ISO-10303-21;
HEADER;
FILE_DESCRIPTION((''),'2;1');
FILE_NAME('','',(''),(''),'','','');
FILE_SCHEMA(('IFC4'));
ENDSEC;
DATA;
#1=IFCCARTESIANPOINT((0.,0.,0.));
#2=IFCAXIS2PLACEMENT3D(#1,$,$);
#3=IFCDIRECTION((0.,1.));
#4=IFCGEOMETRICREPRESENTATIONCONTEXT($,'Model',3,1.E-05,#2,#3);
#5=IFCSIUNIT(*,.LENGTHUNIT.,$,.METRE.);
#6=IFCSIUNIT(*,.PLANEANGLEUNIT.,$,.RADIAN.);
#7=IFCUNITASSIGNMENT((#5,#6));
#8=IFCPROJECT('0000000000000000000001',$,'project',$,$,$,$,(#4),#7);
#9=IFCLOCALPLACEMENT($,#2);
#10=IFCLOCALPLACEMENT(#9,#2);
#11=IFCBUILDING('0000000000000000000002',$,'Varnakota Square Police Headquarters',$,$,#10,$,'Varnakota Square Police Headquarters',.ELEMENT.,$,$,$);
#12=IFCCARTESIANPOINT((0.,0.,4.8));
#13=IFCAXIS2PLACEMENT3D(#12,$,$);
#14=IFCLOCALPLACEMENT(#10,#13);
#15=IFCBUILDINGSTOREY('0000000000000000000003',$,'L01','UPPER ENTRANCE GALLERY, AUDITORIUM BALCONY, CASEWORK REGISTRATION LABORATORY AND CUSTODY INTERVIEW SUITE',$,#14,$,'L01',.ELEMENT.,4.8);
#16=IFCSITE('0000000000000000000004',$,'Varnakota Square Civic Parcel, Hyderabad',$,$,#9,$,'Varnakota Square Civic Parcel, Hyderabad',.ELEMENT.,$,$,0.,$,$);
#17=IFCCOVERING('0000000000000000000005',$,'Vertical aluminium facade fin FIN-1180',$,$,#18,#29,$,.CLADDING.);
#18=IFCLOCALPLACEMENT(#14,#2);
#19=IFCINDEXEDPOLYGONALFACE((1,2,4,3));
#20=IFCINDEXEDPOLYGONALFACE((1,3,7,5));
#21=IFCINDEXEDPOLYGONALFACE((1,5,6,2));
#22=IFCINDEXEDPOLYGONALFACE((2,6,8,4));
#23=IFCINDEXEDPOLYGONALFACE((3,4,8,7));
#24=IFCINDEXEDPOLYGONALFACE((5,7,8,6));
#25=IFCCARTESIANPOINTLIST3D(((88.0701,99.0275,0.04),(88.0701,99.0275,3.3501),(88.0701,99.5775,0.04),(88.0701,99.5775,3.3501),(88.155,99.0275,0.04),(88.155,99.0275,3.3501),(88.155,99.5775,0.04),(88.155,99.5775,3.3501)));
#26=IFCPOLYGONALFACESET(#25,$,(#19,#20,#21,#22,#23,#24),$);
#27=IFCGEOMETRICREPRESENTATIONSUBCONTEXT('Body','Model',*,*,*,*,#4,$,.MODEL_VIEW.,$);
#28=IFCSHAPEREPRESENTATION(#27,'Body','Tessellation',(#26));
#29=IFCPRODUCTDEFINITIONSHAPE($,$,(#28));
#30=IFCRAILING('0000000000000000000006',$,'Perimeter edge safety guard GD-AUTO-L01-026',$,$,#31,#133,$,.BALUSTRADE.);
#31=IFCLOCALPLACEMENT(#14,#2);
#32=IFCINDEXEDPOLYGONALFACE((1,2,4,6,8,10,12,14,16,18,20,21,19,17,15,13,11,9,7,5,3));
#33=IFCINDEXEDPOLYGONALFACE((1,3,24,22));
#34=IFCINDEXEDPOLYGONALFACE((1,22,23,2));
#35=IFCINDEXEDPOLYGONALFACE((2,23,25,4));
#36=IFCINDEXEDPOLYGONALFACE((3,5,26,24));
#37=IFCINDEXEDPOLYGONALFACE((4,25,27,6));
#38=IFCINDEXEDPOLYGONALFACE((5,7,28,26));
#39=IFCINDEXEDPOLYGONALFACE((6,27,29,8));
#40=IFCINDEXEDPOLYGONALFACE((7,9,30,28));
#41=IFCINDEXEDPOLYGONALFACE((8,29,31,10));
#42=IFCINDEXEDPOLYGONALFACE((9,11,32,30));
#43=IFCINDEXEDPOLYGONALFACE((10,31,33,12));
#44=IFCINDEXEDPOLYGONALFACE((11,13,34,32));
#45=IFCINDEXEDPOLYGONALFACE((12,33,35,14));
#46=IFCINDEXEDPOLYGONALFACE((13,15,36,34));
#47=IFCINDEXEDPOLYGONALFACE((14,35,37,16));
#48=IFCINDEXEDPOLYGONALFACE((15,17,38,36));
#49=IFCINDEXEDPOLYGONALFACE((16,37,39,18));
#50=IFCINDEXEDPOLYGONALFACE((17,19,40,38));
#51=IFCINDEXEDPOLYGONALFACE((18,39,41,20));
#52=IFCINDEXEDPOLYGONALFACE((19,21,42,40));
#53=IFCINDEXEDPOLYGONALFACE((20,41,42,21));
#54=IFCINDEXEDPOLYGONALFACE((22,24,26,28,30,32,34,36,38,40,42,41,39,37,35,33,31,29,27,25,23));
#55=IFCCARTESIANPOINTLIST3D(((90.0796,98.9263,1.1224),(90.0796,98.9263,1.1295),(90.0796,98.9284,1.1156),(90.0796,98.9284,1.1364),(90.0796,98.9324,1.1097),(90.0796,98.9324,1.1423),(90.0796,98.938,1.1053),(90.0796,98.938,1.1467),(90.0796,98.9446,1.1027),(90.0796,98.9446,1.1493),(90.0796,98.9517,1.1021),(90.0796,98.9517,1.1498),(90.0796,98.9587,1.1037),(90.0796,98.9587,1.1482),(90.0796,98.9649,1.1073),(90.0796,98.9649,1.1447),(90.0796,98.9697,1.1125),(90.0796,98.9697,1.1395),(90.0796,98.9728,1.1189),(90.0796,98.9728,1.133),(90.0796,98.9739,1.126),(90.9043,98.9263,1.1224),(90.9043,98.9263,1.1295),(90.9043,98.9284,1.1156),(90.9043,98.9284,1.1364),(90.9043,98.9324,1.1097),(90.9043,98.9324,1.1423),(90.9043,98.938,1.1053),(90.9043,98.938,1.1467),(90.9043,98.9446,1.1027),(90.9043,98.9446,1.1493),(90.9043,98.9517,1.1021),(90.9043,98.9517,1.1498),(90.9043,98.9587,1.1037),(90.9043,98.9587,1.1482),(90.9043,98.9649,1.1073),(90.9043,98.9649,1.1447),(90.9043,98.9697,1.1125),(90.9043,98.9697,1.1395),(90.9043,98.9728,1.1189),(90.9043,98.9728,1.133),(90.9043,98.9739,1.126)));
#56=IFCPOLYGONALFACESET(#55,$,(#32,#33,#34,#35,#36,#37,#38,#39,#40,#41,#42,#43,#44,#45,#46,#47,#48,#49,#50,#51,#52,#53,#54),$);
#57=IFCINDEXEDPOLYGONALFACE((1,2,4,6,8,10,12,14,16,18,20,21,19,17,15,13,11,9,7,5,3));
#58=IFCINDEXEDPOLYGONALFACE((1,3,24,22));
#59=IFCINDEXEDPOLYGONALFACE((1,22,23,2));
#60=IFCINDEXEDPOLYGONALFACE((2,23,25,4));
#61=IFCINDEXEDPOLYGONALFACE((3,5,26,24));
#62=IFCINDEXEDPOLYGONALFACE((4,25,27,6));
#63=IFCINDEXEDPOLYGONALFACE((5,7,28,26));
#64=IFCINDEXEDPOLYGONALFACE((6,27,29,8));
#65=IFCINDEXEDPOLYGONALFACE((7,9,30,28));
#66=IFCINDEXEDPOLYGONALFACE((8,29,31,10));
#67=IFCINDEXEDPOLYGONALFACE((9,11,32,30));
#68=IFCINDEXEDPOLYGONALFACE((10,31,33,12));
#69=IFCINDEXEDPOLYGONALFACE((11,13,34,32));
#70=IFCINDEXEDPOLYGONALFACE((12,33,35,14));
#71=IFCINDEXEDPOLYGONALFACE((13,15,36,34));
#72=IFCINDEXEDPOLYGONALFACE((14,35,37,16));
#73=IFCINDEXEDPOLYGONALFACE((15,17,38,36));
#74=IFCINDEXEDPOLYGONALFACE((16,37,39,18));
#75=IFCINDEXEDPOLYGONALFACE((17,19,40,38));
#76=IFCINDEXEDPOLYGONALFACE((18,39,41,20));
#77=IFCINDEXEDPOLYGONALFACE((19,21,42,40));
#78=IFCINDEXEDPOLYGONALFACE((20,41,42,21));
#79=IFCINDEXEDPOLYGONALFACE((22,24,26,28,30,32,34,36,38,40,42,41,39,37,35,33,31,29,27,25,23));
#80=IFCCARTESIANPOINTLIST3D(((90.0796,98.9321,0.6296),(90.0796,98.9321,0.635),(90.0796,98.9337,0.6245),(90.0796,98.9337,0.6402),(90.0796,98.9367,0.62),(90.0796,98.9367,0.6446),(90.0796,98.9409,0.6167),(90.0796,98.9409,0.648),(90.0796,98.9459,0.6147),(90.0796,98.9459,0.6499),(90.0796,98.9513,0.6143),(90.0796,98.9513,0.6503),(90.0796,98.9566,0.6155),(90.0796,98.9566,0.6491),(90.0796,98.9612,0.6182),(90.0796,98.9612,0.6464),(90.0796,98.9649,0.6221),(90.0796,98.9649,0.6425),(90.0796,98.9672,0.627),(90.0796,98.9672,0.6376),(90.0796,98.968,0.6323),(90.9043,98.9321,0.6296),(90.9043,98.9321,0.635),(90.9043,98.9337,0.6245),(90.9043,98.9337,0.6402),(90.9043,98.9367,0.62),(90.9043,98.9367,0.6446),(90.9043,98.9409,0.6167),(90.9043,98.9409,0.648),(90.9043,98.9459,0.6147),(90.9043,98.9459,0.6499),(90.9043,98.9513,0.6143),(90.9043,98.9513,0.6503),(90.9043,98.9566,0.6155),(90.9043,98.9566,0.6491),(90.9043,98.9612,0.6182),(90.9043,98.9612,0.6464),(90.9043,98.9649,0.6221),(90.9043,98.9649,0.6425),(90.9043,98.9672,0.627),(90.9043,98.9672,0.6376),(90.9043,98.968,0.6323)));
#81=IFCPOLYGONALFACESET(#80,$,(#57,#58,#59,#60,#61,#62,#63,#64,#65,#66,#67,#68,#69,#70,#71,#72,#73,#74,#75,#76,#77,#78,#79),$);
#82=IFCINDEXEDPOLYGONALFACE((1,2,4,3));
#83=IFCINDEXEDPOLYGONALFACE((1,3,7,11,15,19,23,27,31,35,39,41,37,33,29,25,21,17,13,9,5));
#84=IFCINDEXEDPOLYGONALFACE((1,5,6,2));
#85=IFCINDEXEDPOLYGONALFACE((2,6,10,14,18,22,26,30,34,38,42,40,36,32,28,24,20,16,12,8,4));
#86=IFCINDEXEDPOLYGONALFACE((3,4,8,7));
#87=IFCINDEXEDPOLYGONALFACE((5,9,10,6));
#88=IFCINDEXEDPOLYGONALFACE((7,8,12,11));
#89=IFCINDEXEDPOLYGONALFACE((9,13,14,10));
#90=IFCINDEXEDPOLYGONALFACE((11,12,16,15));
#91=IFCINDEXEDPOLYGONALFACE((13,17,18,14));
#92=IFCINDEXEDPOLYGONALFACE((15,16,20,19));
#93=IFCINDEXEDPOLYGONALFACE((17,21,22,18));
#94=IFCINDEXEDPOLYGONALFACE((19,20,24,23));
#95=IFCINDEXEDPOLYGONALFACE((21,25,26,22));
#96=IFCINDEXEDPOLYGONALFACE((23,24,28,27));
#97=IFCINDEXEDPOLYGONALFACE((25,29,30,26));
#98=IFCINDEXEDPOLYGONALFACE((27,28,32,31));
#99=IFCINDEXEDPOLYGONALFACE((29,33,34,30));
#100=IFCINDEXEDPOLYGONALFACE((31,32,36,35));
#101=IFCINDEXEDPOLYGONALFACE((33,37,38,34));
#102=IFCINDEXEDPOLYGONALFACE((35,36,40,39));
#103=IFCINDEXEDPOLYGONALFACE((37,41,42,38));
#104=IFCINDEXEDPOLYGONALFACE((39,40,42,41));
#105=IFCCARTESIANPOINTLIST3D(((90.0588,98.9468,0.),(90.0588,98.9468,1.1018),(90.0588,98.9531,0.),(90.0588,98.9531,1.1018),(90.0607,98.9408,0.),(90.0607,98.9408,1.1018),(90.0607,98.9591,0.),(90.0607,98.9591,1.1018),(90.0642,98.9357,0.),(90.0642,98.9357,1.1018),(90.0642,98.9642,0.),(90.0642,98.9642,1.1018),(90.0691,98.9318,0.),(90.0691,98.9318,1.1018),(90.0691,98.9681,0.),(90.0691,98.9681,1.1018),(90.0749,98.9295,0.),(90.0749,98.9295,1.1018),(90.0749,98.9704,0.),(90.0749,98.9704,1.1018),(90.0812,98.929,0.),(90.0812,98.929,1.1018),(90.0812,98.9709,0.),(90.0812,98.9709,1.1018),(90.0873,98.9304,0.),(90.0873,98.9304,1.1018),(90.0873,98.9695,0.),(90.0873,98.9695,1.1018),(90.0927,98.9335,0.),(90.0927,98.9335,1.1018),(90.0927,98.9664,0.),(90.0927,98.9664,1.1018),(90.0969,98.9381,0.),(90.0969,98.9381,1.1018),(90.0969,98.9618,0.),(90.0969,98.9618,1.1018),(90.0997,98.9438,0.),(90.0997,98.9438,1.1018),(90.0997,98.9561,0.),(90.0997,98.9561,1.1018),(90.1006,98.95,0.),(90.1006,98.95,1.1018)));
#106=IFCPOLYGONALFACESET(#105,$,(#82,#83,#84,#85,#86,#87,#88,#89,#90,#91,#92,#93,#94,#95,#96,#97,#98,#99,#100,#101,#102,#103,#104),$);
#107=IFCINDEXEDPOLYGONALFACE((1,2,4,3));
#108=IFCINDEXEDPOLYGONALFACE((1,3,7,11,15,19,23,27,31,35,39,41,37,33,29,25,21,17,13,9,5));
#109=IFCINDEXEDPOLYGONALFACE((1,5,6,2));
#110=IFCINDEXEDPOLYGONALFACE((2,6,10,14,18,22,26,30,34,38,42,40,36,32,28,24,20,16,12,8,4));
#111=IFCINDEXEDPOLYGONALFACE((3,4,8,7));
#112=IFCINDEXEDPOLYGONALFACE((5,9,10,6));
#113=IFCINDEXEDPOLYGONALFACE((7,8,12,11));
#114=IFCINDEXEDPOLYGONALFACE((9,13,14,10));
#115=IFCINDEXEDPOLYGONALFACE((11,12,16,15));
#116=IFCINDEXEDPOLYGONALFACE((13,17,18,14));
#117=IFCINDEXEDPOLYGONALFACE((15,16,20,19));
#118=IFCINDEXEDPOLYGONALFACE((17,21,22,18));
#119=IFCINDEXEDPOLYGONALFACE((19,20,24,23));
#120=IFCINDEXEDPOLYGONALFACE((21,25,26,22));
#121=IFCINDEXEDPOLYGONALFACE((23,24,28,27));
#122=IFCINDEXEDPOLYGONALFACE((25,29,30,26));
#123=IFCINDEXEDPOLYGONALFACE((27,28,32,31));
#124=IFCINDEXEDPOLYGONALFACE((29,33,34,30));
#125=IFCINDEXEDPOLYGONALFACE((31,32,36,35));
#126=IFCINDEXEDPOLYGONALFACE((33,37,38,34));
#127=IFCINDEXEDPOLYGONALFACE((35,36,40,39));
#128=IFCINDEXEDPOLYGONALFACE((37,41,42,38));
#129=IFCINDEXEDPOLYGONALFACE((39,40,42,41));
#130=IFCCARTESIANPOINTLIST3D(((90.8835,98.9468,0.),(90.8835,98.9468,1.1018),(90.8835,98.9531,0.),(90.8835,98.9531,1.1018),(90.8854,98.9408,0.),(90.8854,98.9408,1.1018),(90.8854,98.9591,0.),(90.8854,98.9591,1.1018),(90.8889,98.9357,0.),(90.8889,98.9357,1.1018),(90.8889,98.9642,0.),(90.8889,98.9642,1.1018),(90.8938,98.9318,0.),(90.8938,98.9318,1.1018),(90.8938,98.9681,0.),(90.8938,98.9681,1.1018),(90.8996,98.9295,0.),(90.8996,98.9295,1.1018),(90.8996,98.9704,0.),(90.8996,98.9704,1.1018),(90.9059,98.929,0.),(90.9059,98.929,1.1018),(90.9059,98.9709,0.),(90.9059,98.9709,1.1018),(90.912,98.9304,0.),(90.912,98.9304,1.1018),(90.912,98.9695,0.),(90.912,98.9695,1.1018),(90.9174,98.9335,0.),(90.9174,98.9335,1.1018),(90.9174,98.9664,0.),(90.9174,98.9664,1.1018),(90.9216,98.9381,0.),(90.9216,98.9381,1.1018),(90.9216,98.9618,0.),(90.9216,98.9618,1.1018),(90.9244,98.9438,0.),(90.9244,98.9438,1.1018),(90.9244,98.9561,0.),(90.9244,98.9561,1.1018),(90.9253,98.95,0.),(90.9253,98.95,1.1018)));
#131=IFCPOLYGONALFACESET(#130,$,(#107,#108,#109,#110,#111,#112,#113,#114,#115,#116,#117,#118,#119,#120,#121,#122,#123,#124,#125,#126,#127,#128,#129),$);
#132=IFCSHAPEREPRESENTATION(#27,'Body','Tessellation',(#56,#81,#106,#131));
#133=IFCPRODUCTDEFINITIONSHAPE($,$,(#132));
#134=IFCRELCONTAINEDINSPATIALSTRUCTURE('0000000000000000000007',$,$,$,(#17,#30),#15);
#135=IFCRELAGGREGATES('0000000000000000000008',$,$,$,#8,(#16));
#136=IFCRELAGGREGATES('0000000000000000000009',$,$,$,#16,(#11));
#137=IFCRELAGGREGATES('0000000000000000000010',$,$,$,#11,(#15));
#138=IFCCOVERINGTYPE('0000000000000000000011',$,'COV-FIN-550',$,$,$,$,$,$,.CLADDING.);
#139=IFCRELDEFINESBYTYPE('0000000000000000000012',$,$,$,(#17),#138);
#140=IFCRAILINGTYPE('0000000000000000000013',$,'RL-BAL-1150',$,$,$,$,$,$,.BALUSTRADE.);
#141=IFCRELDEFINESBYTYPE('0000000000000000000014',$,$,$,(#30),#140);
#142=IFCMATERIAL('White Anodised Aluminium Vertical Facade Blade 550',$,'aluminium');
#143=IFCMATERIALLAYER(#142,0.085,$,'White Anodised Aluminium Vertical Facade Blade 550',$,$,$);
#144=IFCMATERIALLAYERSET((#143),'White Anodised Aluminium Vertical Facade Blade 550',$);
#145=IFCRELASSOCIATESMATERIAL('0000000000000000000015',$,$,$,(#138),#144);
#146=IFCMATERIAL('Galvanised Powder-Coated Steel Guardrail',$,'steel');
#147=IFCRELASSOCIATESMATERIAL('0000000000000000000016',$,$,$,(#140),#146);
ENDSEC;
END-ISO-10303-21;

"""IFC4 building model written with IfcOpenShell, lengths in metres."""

from ifc_helpers import new_model, si_unit, direction, frame, origin, origin_2d, place, context, subcontext, project, spatial, rectangle, circle, extrude, material, layer, layer_set, type_object, element, save


model = new_model("IFC4")

# Units and contexts
model_context = context("Model", 3, precision=1e-05, world=origin(), true_north=direction((0.0, 1.0)))
body_context = subcontext(model_context, "Body", "Model", "MODEL_VIEW")
ifc_project = project(units=[si_unit("LENGTHUNIT", "METRE"), si_unit("PLANEANGLEUNIT", "RADIAN")], contexts=[model_context])

# Site, building, storey
site_placement = place(None, origin())
site = spatial("IfcSite", under=ifc_project, at=site_placement, Name="Varnakota Square Civic Parcel, Hyderabad", LongName="Varnakota Square Civic Parcel, Hyderabad", CompositionType="ELEMENT", RefElevation=0.0)
building_placement = place(site_placement, origin())
building = spatial("IfcBuilding", under=site, at=building_placement, Name="Varnakota Square Police Headquarters", LongName="Varnakota Square Police Headquarters", CompositionType="ELEMENT")
storey_placement = place(building_placement, frame((0.0, 0.0, 4.8)))
storey = spatial("IfcBuildingStorey", under=building, at=storey_placement, Name="L01", Description="UPPER ENTRANCE GALLERY, AUDITORIUM BALCONY, CASEWORK REGISTRATION LABORATORY AND CUSTODY INTERVIEW SUITE", LongName="L01", CompositionType="ELEMENT", Elevation=4.8)

# Covering
ifc_material_1 = material(Name="White Anodised Aluminium Vertical Facade Blade 550", Category="aluminium")
ifc_layer_1 = layer(ifc_material_1, 0.085, Name="White Anodised Aluminium Vertical Facade Blade 550")
ifc_layer_set_1 = layer_set([ifc_layer_1], Name="White Anodised Aluminium Vertical Facade Blade 550")
covering_type_1 = type_object("IfcCoveringType", Name="COV-FIN-550", PredefinedType="CLADDING", material=ifc_layer_set_1)
covering_1_placement = place(storey_placement, frame((88.1125, 99.3025, 0.04), z_axis=(0.0, 0.0, 1.0), x_axis=(1.0, 0.0, 0.0)))
element("IfcCovering", 1, at=covering_1_placement, inside=storey, type_object=covering_type_1, Name="Vertical aluminium facade fin FIN-1180", PredefinedType="CLADDING", context=body_context, shape_type="SweptSolid", body=[
    extrude(rectangle(XDim=0.085, YDim=0.55, at=origin_2d()), origin(), (0.0, 0.0, 1.0), 3.3101),
])

# Railing
ifc_material_2 = material(Name="Galvanised Powder-Coated Steel Guardrail", Category="steel")
railing_type = type_object("IfcRailingType", Name="RL-BAL-1150", PredefinedType="BALUSTRADE", material=ifc_material_2)
railing_placement = place(storey_placement, frame((90.0796, 98.95, 0.0)))
element("IfcRailing", 2, at=railing_placement, inside=storey, type_object=railing_type, Name="Perimeter edge safety guard GD-AUTO-L01-026", PredefinedType="BALUSTRADE", context=body_context, shape_type="SweptSolid", body=[
    extrude(circle(Radius=0.0239, at=origin_2d()), frame((0.0, 0.0, 1.126), z_axis=(1.0, 0.0, 0.0), x_axis=(0.0, 1.0, 0.0)), (0.0, 0.0, 1.0), 0.8247),
    extrude(circle(Radius=0.0181, at=origin_2d()), frame((0.0, 0.0, 0.6323), z_axis=(1.0, 0.0, 0.0), x_axis=(0.0, 1.0, 0.0)), (0.0, 0.0, 1.0), 0.8247),
    extrude(circle(Radius=0.021, at=origin_2d()), origin(), (0.0, 0.0, 1.0), 1.1018),
    extrude(circle(Radius=0.021, at=origin_2d()), frame((0.8247, 0.0, 0.0)), (0.0, 0.0, 1.0), 1.1018),
])

save(model, "model.ifc")
